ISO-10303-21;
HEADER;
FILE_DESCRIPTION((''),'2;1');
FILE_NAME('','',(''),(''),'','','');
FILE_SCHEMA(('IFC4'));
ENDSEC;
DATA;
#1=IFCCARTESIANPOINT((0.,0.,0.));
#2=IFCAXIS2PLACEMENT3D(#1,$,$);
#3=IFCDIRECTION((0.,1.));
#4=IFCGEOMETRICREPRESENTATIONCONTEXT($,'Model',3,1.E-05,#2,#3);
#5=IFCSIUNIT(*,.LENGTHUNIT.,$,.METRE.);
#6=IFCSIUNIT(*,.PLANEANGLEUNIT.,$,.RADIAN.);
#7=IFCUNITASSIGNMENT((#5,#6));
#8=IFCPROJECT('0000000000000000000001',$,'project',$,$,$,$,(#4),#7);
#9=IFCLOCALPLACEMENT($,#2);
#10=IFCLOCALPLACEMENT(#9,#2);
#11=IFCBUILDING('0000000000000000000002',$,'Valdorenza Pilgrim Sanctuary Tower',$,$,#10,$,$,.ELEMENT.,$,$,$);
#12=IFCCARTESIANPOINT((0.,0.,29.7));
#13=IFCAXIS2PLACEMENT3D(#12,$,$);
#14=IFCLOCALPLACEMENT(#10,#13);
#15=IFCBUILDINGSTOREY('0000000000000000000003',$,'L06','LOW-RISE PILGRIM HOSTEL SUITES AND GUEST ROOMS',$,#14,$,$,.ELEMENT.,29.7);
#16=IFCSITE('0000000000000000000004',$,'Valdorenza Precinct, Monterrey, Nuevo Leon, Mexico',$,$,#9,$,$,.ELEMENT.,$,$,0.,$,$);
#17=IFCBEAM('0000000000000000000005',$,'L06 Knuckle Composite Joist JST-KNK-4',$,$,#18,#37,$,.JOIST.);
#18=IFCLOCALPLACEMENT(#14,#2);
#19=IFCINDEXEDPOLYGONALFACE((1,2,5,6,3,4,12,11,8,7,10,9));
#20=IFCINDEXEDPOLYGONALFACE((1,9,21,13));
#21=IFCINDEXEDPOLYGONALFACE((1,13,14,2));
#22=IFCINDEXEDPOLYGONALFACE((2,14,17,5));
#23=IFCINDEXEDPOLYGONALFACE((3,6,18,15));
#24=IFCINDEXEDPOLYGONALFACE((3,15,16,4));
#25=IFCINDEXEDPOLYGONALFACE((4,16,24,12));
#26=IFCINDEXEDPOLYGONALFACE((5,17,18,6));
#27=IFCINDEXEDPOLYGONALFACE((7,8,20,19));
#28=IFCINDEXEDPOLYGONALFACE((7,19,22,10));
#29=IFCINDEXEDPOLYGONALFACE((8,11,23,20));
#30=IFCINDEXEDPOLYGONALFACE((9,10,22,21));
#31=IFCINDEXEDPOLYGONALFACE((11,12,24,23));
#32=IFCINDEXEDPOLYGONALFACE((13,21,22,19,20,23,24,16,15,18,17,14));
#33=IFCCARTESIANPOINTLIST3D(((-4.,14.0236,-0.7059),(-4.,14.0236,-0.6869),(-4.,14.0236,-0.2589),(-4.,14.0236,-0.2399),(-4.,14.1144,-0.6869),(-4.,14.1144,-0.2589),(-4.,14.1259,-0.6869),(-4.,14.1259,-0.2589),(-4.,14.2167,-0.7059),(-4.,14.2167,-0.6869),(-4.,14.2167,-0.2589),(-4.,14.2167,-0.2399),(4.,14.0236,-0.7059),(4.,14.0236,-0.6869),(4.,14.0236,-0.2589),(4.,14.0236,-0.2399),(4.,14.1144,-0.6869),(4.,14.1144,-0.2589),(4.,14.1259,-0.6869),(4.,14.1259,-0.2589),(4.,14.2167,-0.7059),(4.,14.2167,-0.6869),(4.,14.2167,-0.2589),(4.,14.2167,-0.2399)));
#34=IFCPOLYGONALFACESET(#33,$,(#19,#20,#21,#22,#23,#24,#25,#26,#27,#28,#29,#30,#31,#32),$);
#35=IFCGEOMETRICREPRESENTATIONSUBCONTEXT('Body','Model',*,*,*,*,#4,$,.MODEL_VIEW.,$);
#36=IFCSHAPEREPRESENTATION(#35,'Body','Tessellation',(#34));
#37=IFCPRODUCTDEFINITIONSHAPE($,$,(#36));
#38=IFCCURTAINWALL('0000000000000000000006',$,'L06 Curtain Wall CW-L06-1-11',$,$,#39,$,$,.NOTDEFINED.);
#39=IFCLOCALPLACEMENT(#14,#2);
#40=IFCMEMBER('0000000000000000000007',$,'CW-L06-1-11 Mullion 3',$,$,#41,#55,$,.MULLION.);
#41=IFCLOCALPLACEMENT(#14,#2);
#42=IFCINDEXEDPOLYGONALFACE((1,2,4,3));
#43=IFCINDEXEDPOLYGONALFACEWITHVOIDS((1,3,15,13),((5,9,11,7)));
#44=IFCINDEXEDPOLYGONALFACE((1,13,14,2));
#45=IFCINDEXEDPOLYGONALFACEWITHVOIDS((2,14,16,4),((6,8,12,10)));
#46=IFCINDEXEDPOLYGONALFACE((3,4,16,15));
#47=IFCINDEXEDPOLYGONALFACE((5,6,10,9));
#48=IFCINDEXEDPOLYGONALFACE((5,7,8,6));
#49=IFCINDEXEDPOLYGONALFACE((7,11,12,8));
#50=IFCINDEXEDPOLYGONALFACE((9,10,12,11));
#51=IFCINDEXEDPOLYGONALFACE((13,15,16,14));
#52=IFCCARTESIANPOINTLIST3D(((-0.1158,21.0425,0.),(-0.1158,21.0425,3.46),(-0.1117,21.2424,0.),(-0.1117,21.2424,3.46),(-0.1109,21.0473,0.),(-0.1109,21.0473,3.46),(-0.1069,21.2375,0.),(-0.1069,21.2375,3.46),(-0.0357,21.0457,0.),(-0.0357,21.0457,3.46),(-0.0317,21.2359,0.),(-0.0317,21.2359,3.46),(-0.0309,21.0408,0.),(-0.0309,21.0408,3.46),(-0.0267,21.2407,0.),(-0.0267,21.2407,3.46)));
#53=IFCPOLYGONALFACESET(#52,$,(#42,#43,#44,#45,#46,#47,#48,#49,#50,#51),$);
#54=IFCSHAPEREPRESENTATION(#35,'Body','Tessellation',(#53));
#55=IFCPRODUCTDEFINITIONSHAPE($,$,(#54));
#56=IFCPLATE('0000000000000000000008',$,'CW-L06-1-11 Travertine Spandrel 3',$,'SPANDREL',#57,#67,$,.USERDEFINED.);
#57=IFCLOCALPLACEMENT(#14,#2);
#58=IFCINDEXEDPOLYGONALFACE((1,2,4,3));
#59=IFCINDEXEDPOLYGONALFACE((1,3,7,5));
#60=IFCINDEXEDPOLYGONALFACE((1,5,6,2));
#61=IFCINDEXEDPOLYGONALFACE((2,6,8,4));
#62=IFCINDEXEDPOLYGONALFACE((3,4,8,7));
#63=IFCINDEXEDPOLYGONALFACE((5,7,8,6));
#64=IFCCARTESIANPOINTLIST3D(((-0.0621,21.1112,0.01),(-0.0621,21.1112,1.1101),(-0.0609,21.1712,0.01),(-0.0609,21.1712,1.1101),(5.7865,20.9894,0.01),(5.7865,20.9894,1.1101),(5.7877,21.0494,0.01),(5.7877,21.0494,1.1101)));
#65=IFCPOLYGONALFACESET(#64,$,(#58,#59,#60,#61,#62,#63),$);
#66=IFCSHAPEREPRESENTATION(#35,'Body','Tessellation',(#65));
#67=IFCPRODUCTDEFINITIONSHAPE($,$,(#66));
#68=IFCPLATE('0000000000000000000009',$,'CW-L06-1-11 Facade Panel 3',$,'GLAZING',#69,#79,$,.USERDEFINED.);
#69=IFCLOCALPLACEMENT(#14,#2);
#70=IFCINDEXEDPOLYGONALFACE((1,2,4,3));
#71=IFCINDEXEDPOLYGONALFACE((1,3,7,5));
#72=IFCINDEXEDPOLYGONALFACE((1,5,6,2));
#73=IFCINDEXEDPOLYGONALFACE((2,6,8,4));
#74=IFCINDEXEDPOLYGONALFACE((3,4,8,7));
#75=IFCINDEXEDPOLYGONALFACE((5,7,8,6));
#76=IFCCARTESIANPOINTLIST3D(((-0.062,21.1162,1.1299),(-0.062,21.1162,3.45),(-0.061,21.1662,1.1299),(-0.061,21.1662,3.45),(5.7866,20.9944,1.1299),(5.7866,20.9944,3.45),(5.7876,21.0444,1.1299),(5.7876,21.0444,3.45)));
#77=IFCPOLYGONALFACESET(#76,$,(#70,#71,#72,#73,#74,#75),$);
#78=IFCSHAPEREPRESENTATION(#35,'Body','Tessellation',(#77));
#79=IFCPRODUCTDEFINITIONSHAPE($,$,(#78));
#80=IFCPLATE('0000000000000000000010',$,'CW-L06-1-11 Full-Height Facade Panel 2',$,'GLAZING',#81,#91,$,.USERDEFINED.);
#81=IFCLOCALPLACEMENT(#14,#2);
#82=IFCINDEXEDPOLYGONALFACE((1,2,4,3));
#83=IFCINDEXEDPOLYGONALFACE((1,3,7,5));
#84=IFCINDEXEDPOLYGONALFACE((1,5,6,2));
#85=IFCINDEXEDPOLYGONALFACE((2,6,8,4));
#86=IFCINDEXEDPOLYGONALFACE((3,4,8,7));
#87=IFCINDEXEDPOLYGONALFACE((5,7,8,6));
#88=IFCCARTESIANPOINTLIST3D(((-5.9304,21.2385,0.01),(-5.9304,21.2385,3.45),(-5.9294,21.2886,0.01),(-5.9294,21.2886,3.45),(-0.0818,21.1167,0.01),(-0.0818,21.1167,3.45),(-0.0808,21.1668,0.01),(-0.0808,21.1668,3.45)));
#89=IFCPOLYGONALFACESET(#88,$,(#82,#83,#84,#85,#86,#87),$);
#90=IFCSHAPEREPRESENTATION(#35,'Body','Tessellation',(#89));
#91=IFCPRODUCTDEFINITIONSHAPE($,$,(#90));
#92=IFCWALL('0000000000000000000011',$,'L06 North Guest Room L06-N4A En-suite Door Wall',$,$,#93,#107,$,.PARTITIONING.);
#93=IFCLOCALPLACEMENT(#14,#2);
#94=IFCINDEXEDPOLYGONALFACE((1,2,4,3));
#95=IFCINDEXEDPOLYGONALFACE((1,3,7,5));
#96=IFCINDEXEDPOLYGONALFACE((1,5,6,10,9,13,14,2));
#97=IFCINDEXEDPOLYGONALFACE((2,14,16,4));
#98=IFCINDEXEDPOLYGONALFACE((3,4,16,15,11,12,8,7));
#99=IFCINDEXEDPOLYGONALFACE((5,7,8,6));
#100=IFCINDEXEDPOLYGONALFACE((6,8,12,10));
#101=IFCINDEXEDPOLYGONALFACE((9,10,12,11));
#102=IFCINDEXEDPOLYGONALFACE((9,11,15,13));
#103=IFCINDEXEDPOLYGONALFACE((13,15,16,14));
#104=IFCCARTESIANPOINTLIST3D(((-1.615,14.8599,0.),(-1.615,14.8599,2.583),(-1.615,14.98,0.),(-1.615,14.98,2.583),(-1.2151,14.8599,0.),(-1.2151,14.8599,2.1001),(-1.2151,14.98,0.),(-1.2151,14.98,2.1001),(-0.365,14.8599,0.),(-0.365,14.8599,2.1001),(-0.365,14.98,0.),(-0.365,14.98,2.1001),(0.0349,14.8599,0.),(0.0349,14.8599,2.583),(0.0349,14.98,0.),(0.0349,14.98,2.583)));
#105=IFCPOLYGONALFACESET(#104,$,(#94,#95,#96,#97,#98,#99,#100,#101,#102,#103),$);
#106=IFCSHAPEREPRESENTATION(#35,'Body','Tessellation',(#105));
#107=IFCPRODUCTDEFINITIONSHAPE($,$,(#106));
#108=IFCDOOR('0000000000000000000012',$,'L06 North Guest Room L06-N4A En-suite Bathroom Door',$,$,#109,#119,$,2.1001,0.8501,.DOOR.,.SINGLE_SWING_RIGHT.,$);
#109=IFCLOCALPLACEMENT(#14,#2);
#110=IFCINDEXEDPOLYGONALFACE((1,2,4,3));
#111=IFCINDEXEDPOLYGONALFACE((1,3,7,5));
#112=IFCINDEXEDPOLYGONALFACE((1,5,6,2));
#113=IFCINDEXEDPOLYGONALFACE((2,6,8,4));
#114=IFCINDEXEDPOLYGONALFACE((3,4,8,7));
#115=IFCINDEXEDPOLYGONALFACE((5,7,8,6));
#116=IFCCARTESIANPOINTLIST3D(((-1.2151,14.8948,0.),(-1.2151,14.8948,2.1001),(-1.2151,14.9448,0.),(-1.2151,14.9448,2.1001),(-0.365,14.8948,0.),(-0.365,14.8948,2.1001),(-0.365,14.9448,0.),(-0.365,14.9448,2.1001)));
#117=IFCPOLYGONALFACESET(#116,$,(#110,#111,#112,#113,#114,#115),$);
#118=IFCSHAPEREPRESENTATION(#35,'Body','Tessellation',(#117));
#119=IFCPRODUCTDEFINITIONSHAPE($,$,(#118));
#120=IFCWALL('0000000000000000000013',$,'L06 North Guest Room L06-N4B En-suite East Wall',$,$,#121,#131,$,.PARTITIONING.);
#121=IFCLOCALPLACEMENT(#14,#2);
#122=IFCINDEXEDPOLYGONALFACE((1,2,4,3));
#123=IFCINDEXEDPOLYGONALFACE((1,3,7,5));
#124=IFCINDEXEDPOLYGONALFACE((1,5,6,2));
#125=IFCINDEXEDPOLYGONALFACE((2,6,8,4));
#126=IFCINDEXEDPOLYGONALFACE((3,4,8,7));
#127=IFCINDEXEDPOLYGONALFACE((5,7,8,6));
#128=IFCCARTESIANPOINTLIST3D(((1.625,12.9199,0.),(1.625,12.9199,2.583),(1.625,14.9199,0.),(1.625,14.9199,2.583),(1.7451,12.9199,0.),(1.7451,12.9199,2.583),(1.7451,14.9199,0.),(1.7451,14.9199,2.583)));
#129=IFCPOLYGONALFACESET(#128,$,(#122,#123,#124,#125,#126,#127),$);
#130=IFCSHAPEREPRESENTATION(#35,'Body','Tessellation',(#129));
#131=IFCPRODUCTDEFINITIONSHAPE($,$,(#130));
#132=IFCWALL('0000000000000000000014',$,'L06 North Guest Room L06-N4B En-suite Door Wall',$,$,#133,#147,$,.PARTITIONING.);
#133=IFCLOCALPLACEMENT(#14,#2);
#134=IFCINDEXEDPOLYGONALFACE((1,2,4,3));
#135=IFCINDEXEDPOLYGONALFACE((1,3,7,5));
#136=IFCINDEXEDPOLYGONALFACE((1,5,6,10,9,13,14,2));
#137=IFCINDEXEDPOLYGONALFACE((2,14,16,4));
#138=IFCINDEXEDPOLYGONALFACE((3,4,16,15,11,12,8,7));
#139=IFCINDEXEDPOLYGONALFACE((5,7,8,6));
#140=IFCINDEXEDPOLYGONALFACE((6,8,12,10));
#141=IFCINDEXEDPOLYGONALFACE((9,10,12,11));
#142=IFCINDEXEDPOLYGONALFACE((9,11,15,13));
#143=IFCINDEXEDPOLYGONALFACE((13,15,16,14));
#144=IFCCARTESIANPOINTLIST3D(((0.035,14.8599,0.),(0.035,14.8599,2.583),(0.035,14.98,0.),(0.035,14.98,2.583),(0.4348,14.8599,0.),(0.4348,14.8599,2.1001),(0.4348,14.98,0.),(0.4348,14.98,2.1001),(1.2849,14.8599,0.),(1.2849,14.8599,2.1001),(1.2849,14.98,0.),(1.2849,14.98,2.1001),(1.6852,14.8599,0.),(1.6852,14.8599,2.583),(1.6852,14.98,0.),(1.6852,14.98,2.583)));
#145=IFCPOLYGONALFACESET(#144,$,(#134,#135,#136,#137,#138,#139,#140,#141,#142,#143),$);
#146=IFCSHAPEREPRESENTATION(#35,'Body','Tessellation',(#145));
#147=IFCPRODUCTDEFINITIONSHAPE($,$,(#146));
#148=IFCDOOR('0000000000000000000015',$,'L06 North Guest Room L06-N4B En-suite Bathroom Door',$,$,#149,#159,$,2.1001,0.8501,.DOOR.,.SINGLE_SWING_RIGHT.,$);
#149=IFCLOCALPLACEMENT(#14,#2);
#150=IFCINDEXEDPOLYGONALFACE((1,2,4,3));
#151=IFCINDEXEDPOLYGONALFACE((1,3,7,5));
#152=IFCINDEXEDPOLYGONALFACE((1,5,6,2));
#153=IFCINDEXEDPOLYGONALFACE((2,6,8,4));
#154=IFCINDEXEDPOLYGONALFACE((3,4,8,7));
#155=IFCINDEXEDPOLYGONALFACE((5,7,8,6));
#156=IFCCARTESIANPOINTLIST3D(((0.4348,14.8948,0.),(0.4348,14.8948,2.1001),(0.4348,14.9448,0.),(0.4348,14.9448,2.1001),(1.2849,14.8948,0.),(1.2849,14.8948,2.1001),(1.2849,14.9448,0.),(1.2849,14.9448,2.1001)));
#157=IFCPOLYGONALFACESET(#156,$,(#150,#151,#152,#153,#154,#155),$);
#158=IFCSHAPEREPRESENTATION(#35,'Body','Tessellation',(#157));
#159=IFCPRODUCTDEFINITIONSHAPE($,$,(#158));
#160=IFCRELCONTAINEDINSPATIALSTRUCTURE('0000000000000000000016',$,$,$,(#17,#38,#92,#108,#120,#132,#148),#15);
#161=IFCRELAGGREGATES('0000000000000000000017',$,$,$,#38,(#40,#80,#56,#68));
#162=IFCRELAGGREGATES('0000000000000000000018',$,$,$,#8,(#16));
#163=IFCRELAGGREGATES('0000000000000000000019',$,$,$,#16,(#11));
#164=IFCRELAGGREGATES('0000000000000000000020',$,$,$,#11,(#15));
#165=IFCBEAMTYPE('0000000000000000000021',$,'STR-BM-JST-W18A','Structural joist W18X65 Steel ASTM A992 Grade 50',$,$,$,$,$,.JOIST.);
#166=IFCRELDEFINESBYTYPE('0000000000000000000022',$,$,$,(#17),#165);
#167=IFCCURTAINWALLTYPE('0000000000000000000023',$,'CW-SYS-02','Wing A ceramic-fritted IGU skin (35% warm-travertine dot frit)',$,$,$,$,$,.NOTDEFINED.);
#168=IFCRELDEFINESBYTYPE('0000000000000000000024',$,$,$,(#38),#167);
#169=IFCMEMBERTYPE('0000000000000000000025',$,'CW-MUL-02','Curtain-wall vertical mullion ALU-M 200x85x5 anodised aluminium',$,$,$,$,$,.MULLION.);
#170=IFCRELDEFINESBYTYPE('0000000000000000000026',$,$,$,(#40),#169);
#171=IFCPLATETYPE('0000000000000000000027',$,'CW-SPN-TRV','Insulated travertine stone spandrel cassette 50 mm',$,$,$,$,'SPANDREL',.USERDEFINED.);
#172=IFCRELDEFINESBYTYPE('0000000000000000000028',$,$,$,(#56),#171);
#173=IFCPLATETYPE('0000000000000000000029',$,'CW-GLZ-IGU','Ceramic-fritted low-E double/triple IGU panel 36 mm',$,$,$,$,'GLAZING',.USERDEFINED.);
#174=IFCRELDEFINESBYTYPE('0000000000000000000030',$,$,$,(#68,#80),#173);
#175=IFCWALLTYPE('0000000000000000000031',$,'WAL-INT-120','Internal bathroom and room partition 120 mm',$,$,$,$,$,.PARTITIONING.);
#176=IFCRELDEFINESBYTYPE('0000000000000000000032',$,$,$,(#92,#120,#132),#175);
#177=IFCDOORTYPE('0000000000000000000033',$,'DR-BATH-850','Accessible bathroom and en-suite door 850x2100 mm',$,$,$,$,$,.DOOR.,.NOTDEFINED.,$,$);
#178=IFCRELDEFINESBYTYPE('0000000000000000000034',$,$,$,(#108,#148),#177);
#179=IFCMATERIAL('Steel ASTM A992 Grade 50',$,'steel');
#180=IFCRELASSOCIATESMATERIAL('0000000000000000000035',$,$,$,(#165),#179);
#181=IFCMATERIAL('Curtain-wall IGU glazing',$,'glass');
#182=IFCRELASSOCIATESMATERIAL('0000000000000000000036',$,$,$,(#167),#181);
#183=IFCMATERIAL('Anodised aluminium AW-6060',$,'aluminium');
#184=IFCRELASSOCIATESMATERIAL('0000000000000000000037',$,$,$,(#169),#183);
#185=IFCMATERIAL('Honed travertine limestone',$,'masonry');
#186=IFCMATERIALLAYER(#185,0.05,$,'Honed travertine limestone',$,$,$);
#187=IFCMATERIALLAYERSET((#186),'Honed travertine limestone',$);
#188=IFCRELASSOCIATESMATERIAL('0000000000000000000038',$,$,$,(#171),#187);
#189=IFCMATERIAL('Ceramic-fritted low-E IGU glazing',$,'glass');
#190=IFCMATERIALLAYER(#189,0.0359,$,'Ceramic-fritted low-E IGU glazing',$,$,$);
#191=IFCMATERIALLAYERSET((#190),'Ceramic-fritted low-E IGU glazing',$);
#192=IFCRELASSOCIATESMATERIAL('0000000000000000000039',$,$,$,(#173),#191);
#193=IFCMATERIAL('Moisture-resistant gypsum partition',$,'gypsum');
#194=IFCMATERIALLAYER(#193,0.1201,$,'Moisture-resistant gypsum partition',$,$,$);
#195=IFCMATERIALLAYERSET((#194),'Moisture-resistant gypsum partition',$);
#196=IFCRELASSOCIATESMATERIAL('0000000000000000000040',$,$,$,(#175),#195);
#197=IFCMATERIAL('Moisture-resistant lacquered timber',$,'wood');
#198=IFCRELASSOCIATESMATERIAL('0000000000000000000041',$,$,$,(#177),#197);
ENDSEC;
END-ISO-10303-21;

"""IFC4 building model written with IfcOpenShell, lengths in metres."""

from ifc_helpers import new_model, si_unit, direction, frame, frame_2d, origin, origin_2d, place, context, subcontext, project, spatial, rectangle, hollow_rectangle, i_section, extrude, source, transform, mapped, material, layer, layer_set, material_profile, profile_set, type_object, element, fill, aggregate, save


model = new_model("IFC4")

# Units and contexts
model_context = context("Model", 3, precision=1e-05, world=origin(), true_north=direction((0.0, 1.0)))
body_context = subcontext(model_context, "Body", "Model", "MODEL_VIEW")
ifc_project = project(units=[si_unit("LENGTHUNIT", "METRE"), si_unit("PLANEANGLEUNIT", "RADIAN")], contexts=[model_context])

# Site, building, storey
site_placement = place(None, origin())
site = spatial("IfcSite", under=ifc_project, at=site_placement, Name="Valdorenza Precinct, Monterrey, Nuevo Leon, Mexico", CompositionType="ELEMENT", RefElevation=0.0)
building_placement = place(site_placement, origin())
building = spatial("IfcBuilding", under=site, at=building_placement, Name="Valdorenza Pilgrim Sanctuary Tower", CompositionType="ELEMENT")
storey_placement = place(building_placement, frame((0.0, 0.0, 29.7)))
storey = spatial("IfcBuildingStorey", under=building, at=storey_placement, Name="L06", Description="LOW-RISE PILGRIM HOSTEL SUITES AND GUEST ROOMS", CompositionType="ELEMENT", Elevation=29.7)

# Shared definitions
ifc_material_1 = material(Name="Steel ASTM A992 Grade 50", Category="steel")

# Beam
ifc_material_profile_1 = material_profile(ifc_material_1, i_section(OverallWidth=0.1931, OverallDepth=0.4661, WebThickness=0.0115, FlangeThickness=0.019, at=origin_2d()), Name="W18X65")
ifc_profile_set_1 = profile_set([ifc_material_profile_1], Name="Steel ASTM A992 Grade 50")
beam_type_1 = type_object("IfcBeamType", Name="STR-BM-JST-W18A", Description="Structural joist W18X65 Steel ASTM A992 Grade 50", PredefinedType="JOIST", material=ifc_profile_set_1)
shared_shape_1 = source(origin(), body_context, "Body", "SweptSolid", [
    extrude(i_section(OverallWidth=0.1931, OverallDepth=0.4661, WebThickness=0.0115, FlangeThickness=0.019, at=origin_2d()), origin(), (0.0, 0.0, 1.0), 8.0),
])
beam_1_placement = place(storey_placement, frame((-4.0, 14.1201, -0.4729), z_axis=(1.0, 0.0, 0.0), x_axis=(0.0, 1.0, 0.0)))
element("IfcBeam", 1, at=beam_1_placement, inside=storey, type_object=beam_type_1, Name="L06 Knuckle Composite Joist JST-KNK-4", PredefinedType="JOIST", context=body_context, shape_type="MappedRepresentation", body=[
    mapped(shared_shape_1, transform((0.0, 0.0, 0.0), x_axis=(1.0, 0.0, 0.0), y_axis=(0.0, 1.0, 0.0), z_axis=(0.0, 0.0, 1.0), scale=1.0)),
])

# Curtain wall, member, plates
ifc_material_2 = material(Name="Curtain-wall IGU glazing", Category="glass")
curtain_wall_type = type_object("IfcCurtainWallType", Name="CW-SYS-02", Description="Wing A ceramic-fritted IGU skin (35% warm-travertine dot frit)", PredefinedType="NOTDEFINED", material=ifc_material_2)
curtain_wall_placement = place(storey_placement, origin())
curtain_wall = element("IfcCurtainWall", 2, at=curtain_wall_placement, inside=storey, type_object=curtain_wall_type, Name="L06 Curtain Wall CW-L06-1-11", PredefinedType="NOTDEFINED")
ifc_material_3 = material(Name="Anodised aluminium AW-6060", Category="aluminium")
ifc_material_profile_2 = material_profile(ifc_material_3, hollow_rectangle(XDim=0.085, YDim=0.2, WallThickness=0.0049, at=origin_2d()), Name="ALU-M 200x85x5")
ifc_profile_set_2 = profile_set([ifc_material_profile_2], Name="Anodised aluminium AW-6060")
member_type = type_object("IfcMemberType", Name="CW-MUL-02", Description="Curtain-wall vertical mullion ALU-M 200x85x5 anodised aluminium", PredefinedType="MULLION", material=ifc_profile_set_2)
shared_shape_2 = source(origin(), body_context, "Body", "SweptSolid", [
    extrude(hollow_rectangle(XDim=0.085, YDim=0.2, WallThickness=0.0049, at=origin_2d()), origin(), (0.0, 0.0, 1.0), 3.46),
])
member_placement = place(storey_placement, frame((-0.0713, 21.1416, 0.0), z_axis=(0.0, 0.0, 1.0), x_axis=(0.999783, -0.02082, 0.0)))
member = element("IfcMember", 3, at=member_placement, type_object=member_type, Name="CW-L06-1-11 Mullion 3", PredefinedType="MULLION", context=body_context, shape_type="MappedRepresentation", body=[
    mapped(shared_shape_2, transform((0.0, 0.0, 0.0), x_axis=(1.0, 0.0, 0.0), y_axis=(0.0, 1.0, 0.0), z_axis=(0.0, 0.0, 1.0), scale=1.0)),
])
ifc_material_4 = material(Name="Honed travertine limestone", Category="masonry")
ifc_layer_1 = layer(ifc_material_4, 0.05, Name="Honed travertine limestone")
ifc_layer_set_1 = layer_set([ifc_layer_1], Name="Honed travertine limestone")
plate_type_1 = type_object("IfcPlateType", Name="CW-SPN-TRV", Description="Insulated travertine stone spandrel cassette 50 mm", ElementType="SPANDREL", PredefinedType="USERDEFINED", material=ifc_layer_set_1)
shared_shape_3 = source(origin(), body_context, "Body", "SweptSolid", [
    extrude(rectangle(XDim=5.8499, YDim=0.0601, at=origin_2d()), origin(), (0.0, 0.0, 1.0), 1.1001),
])
plate_1_placement = place(storey_placement, frame((2.8628, 21.0803, 0.01), z_axis=(0.0, 0.0, 1.0), x_axis=(0.999783, -0.02082, 0.0)))
plate_1 = element("IfcPlate", 4, at=plate_1_placement, type_object=plate_type_1, Name="CW-L06-1-11 Travertine Spandrel 3", ObjectType="SPANDREL", PredefinedType="USERDEFINED", context=body_context, shape_type="MappedRepresentation", body=[
    mapped(shared_shape_3, transform((0.0, 0.0, 0.0), x_axis=(1.0, 0.0, 0.0), y_axis=(0.0, 1.0, 0.0), z_axis=(0.0, 0.0, 1.0), scale=1.0)),
])
ifc_material_5 = material(Name="Ceramic-fritted low-E IGU glazing", Category="glass")
ifc_layer_2 = layer(ifc_material_5, 0.0359, Name="Ceramic-fritted low-E IGU glazing")
ifc_layer_set_2 = layer_set([ifc_layer_2], Name="Ceramic-fritted low-E IGU glazing")
plate_type_2 = type_object("IfcPlateType", Name="CW-GLZ-IGU", Description="Ceramic-fritted low-E double/triple IGU panel 36 mm", ElementType="GLAZING", PredefinedType="USERDEFINED", material=ifc_layer_set_2)
shared_shape_4 = source(origin(), body_context, "Body", "SweptSolid", [
    extrude(rectangle(XDim=5.8499, YDim=0.05, at=origin_2d()), origin(), (0.0, 0.0, 1.0), 2.3201),
])
plate_2_placement = place(storey_placement, frame((2.8628, 21.0803, 1.1299), z_axis=(0.0, 0.0, 1.0), x_axis=(0.999783, -0.02082, 0.0)))
plate_2 = element("IfcPlate", 5, at=plate_2_placement, type_object=plate_type_2, Name="CW-L06-1-11 Facade Panel 3", ObjectType="GLAZING", PredefinedType="USERDEFINED", context=body_context, shape_type="MappedRepresentation", body=[
    mapped(shared_shape_4, transform((0.0, 0.0, 0.0), x_axis=(1.0, 0.0, 0.0), y_axis=(0.0, 1.0, 0.0), z_axis=(0.0, 0.0, 1.0), scale=1.0)),
])
shared_shape_5 = source(origin(), body_context, "Body", "SweptSolid", [
    extrude(rectangle(XDim=5.8499, YDim=0.05, at=origin_2d()), origin(), (0.0, 0.0, 1.0), 3.4399),
])
plate_3_placement = place(storey_placement, frame((-3.0056, 21.2026, 0.01), z_axis=(0.0, 0.0, 1.0), x_axis=(0.999783, -0.02082, 0.0)))
plate_3 = element("IfcPlate", 6, at=plate_3_placement, type_object=plate_type_2, Name="CW-L06-1-11 Full-Height Facade Panel 2", ObjectType="GLAZING", PredefinedType="USERDEFINED", context=body_context, shape_type="MappedRepresentation", body=[
    mapped(shared_shape_5, transform((0.0, 0.0, 0.0), x_axis=(1.0, 0.0, 0.0), y_axis=(0.0, 1.0, 0.0), z_axis=(0.0, 0.0, 1.0), scale=1.0)),
])
aggregate(curtain_wall, [member, plate_3, plate_1, plate_2])

# Wall, opening, door
ifc_material_6 = material(Name="Moisture-resistant gypsum partition", Category="gypsum")
ifc_layer_3 = layer(ifc_material_6, 0.1201, Name="Moisture-resistant gypsum partition")
ifc_layer_set_3 = layer_set([ifc_layer_3], Name="Moisture-resistant gypsum partition")
wall_type_1 = type_object("IfcWallType", Name="WAL-INT-120", Description="Internal bathroom and room partition 120 mm", PredefinedType="PARTITIONING", material=ifc_layer_set_3)
wall_1_placement = place(storey_placement, frame((-1.615, 14.9199, 0.0), z_axis=(0.0, 0.0, 1.0), x_axis=(1.0, 0.0, 0.0)))
wall_1 = element("IfcWall", 7, at=wall_1_placement, inside=storey, type_object=wall_type_1, Name="L06 North Guest Room L06-N4A En-suite Door Wall", PredefinedType="PARTITIONING", context=body_context, shape_type="SweptSolid", body=[
    extrude(rectangle(XDim=1.6499, YDim=0.1201, at=frame_2d((0.825, 0.0))), origin(), (0.0, 0.0, 1.0), 2.583),
])
opening_1_placement = place(wall_1_placement, frame((0.3999, 0.0, 0.0)))
opening_1 = element("IfcOpeningElement", 8, at=opening_1_placement, cuts=wall_1, PredefinedType="OPENING", context=body_context, shape_type="SweptSolid", body=[
    extrude(rectangle(XDim=0.8501, YDim=2.1001, at=frame_2d((0.425, 1.05))), frame((0.0, 0.075, 0.0), z_axis=(0.0, -1.0, 0.0), x_axis=(1.0, 0.0, 0.0)), (0.0, 0.0, 1.0), 0.1499),
])
ifc_material_7 = material(Name="Moisture-resistant lacquered timber", Category="wood")
door_type = type_object("IfcDoorType", Name="DR-BATH-850", Description="Accessible bathroom and en-suite door 850x2100 mm", OperationType="NOTDEFINED", PredefinedType="DOOR", material=ifc_material_7)
door_1_placement = place(opening_1_placement, origin())
door_1 = element("IfcDoor", 9, at=door_1_placement, inside=storey, type_object=door_type, Name="L06 North Guest Room L06-N4A En-suite Bathroom Door", OperationType="SINGLE_SWING_RIGHT", OverallHeight=2.1001, OverallWidth=0.8501, PredefinedType="DOOR", context=body_context, shape_type="SweptSolid", body=[
    extrude(rectangle(XDim=0.8501, YDim=2.1001, at=frame_2d((0.425, 1.05))), frame((0.0, 0.0249, 0.0), z_axis=(0.0, -1.0, 0.0), x_axis=(1.0, 0.0, 0.0)), (0.0, 0.0, 1.0), 0.05),
])
fill(opening_1, door_1)

# Wall
wall_2_placement = place(storey_placement, frame((1.6851, 12.9199, 0.0), z_axis=(0.0, 0.0, 1.0), x_axis=(0.0, 1.0, 0.0)))
element("IfcWall", 10, at=wall_2_placement, inside=storey, type_object=wall_type_1, Name="L06 North Guest Room L06-N4B En-suite East Wall", PredefinedType="PARTITIONING", context=body_context, shape_type="SweptSolid", body=[
    extrude(rectangle(XDim=2.0, YDim=0.1201, at=frame_2d((1.0, 0.0))), origin(), (0.0, 0.0, 1.0), 2.583),
])

# Wall, opening, door
wall_3_placement = place(storey_placement, frame((0.0349, 14.9199, 0.0), z_axis=(0.0, 0.0, 1.0), x_axis=(1.0, 0.0, 0.0)))
wall_3 = element("IfcWall", 11, at=wall_3_placement, inside=storey, type_object=wall_type_1, Name="L06 North Guest Room L06-N4B En-suite Door Wall", PredefinedType="PARTITIONING", context=body_context, shape_type="SweptSolid", body=[
    extrude(rectangle(XDim=1.6501, YDim=0.1201, at=frame_2d((0.8252, 0.0))), origin(), (0.0, 0.0, 1.0), 2.583),
])
opening_2_placement = place(wall_3_placement, frame((0.3999, 0.0, 0.0)))
opening_2 = element("IfcOpeningElement", 12, at=opening_2_placement, cuts=wall_3, PredefinedType="OPENING", context=body_context, shape_type="SweptSolid", body=[
    extrude(rectangle(XDim=0.8501, YDim=2.1001, at=frame_2d((0.425, 1.05))), frame((0.0, 0.075, 0.0), z_axis=(0.0, -1.0, 0.0), x_axis=(1.0, 0.0, 0.0)), (0.0, 0.0, 1.0), 0.1499),
])
door_2_placement = place(opening_2_placement, origin())
door_2 = element("IfcDoor", 13, at=door_2_placement, inside=storey, type_object=door_type, Name="L06 North Guest Room L06-N4B En-suite Bathroom Door", OperationType="SINGLE_SWING_RIGHT", OverallHeight=2.1001, OverallWidth=0.8501, PredefinedType="DOOR", context=body_context, shape_type="SweptSolid", body=[
    extrude(rectangle(XDim=0.8501, YDim=2.1001, at=frame_2d((0.425, 1.05))), frame((0.0, 0.0249, 0.0), z_axis=(0.0, -1.0, 0.0), x_axis=(1.0, 0.0, 0.0)), (0.0, 0.0, 1.0), 0.05),
])
fill(opening_2, door_2)

save(model, "model.ifc")
